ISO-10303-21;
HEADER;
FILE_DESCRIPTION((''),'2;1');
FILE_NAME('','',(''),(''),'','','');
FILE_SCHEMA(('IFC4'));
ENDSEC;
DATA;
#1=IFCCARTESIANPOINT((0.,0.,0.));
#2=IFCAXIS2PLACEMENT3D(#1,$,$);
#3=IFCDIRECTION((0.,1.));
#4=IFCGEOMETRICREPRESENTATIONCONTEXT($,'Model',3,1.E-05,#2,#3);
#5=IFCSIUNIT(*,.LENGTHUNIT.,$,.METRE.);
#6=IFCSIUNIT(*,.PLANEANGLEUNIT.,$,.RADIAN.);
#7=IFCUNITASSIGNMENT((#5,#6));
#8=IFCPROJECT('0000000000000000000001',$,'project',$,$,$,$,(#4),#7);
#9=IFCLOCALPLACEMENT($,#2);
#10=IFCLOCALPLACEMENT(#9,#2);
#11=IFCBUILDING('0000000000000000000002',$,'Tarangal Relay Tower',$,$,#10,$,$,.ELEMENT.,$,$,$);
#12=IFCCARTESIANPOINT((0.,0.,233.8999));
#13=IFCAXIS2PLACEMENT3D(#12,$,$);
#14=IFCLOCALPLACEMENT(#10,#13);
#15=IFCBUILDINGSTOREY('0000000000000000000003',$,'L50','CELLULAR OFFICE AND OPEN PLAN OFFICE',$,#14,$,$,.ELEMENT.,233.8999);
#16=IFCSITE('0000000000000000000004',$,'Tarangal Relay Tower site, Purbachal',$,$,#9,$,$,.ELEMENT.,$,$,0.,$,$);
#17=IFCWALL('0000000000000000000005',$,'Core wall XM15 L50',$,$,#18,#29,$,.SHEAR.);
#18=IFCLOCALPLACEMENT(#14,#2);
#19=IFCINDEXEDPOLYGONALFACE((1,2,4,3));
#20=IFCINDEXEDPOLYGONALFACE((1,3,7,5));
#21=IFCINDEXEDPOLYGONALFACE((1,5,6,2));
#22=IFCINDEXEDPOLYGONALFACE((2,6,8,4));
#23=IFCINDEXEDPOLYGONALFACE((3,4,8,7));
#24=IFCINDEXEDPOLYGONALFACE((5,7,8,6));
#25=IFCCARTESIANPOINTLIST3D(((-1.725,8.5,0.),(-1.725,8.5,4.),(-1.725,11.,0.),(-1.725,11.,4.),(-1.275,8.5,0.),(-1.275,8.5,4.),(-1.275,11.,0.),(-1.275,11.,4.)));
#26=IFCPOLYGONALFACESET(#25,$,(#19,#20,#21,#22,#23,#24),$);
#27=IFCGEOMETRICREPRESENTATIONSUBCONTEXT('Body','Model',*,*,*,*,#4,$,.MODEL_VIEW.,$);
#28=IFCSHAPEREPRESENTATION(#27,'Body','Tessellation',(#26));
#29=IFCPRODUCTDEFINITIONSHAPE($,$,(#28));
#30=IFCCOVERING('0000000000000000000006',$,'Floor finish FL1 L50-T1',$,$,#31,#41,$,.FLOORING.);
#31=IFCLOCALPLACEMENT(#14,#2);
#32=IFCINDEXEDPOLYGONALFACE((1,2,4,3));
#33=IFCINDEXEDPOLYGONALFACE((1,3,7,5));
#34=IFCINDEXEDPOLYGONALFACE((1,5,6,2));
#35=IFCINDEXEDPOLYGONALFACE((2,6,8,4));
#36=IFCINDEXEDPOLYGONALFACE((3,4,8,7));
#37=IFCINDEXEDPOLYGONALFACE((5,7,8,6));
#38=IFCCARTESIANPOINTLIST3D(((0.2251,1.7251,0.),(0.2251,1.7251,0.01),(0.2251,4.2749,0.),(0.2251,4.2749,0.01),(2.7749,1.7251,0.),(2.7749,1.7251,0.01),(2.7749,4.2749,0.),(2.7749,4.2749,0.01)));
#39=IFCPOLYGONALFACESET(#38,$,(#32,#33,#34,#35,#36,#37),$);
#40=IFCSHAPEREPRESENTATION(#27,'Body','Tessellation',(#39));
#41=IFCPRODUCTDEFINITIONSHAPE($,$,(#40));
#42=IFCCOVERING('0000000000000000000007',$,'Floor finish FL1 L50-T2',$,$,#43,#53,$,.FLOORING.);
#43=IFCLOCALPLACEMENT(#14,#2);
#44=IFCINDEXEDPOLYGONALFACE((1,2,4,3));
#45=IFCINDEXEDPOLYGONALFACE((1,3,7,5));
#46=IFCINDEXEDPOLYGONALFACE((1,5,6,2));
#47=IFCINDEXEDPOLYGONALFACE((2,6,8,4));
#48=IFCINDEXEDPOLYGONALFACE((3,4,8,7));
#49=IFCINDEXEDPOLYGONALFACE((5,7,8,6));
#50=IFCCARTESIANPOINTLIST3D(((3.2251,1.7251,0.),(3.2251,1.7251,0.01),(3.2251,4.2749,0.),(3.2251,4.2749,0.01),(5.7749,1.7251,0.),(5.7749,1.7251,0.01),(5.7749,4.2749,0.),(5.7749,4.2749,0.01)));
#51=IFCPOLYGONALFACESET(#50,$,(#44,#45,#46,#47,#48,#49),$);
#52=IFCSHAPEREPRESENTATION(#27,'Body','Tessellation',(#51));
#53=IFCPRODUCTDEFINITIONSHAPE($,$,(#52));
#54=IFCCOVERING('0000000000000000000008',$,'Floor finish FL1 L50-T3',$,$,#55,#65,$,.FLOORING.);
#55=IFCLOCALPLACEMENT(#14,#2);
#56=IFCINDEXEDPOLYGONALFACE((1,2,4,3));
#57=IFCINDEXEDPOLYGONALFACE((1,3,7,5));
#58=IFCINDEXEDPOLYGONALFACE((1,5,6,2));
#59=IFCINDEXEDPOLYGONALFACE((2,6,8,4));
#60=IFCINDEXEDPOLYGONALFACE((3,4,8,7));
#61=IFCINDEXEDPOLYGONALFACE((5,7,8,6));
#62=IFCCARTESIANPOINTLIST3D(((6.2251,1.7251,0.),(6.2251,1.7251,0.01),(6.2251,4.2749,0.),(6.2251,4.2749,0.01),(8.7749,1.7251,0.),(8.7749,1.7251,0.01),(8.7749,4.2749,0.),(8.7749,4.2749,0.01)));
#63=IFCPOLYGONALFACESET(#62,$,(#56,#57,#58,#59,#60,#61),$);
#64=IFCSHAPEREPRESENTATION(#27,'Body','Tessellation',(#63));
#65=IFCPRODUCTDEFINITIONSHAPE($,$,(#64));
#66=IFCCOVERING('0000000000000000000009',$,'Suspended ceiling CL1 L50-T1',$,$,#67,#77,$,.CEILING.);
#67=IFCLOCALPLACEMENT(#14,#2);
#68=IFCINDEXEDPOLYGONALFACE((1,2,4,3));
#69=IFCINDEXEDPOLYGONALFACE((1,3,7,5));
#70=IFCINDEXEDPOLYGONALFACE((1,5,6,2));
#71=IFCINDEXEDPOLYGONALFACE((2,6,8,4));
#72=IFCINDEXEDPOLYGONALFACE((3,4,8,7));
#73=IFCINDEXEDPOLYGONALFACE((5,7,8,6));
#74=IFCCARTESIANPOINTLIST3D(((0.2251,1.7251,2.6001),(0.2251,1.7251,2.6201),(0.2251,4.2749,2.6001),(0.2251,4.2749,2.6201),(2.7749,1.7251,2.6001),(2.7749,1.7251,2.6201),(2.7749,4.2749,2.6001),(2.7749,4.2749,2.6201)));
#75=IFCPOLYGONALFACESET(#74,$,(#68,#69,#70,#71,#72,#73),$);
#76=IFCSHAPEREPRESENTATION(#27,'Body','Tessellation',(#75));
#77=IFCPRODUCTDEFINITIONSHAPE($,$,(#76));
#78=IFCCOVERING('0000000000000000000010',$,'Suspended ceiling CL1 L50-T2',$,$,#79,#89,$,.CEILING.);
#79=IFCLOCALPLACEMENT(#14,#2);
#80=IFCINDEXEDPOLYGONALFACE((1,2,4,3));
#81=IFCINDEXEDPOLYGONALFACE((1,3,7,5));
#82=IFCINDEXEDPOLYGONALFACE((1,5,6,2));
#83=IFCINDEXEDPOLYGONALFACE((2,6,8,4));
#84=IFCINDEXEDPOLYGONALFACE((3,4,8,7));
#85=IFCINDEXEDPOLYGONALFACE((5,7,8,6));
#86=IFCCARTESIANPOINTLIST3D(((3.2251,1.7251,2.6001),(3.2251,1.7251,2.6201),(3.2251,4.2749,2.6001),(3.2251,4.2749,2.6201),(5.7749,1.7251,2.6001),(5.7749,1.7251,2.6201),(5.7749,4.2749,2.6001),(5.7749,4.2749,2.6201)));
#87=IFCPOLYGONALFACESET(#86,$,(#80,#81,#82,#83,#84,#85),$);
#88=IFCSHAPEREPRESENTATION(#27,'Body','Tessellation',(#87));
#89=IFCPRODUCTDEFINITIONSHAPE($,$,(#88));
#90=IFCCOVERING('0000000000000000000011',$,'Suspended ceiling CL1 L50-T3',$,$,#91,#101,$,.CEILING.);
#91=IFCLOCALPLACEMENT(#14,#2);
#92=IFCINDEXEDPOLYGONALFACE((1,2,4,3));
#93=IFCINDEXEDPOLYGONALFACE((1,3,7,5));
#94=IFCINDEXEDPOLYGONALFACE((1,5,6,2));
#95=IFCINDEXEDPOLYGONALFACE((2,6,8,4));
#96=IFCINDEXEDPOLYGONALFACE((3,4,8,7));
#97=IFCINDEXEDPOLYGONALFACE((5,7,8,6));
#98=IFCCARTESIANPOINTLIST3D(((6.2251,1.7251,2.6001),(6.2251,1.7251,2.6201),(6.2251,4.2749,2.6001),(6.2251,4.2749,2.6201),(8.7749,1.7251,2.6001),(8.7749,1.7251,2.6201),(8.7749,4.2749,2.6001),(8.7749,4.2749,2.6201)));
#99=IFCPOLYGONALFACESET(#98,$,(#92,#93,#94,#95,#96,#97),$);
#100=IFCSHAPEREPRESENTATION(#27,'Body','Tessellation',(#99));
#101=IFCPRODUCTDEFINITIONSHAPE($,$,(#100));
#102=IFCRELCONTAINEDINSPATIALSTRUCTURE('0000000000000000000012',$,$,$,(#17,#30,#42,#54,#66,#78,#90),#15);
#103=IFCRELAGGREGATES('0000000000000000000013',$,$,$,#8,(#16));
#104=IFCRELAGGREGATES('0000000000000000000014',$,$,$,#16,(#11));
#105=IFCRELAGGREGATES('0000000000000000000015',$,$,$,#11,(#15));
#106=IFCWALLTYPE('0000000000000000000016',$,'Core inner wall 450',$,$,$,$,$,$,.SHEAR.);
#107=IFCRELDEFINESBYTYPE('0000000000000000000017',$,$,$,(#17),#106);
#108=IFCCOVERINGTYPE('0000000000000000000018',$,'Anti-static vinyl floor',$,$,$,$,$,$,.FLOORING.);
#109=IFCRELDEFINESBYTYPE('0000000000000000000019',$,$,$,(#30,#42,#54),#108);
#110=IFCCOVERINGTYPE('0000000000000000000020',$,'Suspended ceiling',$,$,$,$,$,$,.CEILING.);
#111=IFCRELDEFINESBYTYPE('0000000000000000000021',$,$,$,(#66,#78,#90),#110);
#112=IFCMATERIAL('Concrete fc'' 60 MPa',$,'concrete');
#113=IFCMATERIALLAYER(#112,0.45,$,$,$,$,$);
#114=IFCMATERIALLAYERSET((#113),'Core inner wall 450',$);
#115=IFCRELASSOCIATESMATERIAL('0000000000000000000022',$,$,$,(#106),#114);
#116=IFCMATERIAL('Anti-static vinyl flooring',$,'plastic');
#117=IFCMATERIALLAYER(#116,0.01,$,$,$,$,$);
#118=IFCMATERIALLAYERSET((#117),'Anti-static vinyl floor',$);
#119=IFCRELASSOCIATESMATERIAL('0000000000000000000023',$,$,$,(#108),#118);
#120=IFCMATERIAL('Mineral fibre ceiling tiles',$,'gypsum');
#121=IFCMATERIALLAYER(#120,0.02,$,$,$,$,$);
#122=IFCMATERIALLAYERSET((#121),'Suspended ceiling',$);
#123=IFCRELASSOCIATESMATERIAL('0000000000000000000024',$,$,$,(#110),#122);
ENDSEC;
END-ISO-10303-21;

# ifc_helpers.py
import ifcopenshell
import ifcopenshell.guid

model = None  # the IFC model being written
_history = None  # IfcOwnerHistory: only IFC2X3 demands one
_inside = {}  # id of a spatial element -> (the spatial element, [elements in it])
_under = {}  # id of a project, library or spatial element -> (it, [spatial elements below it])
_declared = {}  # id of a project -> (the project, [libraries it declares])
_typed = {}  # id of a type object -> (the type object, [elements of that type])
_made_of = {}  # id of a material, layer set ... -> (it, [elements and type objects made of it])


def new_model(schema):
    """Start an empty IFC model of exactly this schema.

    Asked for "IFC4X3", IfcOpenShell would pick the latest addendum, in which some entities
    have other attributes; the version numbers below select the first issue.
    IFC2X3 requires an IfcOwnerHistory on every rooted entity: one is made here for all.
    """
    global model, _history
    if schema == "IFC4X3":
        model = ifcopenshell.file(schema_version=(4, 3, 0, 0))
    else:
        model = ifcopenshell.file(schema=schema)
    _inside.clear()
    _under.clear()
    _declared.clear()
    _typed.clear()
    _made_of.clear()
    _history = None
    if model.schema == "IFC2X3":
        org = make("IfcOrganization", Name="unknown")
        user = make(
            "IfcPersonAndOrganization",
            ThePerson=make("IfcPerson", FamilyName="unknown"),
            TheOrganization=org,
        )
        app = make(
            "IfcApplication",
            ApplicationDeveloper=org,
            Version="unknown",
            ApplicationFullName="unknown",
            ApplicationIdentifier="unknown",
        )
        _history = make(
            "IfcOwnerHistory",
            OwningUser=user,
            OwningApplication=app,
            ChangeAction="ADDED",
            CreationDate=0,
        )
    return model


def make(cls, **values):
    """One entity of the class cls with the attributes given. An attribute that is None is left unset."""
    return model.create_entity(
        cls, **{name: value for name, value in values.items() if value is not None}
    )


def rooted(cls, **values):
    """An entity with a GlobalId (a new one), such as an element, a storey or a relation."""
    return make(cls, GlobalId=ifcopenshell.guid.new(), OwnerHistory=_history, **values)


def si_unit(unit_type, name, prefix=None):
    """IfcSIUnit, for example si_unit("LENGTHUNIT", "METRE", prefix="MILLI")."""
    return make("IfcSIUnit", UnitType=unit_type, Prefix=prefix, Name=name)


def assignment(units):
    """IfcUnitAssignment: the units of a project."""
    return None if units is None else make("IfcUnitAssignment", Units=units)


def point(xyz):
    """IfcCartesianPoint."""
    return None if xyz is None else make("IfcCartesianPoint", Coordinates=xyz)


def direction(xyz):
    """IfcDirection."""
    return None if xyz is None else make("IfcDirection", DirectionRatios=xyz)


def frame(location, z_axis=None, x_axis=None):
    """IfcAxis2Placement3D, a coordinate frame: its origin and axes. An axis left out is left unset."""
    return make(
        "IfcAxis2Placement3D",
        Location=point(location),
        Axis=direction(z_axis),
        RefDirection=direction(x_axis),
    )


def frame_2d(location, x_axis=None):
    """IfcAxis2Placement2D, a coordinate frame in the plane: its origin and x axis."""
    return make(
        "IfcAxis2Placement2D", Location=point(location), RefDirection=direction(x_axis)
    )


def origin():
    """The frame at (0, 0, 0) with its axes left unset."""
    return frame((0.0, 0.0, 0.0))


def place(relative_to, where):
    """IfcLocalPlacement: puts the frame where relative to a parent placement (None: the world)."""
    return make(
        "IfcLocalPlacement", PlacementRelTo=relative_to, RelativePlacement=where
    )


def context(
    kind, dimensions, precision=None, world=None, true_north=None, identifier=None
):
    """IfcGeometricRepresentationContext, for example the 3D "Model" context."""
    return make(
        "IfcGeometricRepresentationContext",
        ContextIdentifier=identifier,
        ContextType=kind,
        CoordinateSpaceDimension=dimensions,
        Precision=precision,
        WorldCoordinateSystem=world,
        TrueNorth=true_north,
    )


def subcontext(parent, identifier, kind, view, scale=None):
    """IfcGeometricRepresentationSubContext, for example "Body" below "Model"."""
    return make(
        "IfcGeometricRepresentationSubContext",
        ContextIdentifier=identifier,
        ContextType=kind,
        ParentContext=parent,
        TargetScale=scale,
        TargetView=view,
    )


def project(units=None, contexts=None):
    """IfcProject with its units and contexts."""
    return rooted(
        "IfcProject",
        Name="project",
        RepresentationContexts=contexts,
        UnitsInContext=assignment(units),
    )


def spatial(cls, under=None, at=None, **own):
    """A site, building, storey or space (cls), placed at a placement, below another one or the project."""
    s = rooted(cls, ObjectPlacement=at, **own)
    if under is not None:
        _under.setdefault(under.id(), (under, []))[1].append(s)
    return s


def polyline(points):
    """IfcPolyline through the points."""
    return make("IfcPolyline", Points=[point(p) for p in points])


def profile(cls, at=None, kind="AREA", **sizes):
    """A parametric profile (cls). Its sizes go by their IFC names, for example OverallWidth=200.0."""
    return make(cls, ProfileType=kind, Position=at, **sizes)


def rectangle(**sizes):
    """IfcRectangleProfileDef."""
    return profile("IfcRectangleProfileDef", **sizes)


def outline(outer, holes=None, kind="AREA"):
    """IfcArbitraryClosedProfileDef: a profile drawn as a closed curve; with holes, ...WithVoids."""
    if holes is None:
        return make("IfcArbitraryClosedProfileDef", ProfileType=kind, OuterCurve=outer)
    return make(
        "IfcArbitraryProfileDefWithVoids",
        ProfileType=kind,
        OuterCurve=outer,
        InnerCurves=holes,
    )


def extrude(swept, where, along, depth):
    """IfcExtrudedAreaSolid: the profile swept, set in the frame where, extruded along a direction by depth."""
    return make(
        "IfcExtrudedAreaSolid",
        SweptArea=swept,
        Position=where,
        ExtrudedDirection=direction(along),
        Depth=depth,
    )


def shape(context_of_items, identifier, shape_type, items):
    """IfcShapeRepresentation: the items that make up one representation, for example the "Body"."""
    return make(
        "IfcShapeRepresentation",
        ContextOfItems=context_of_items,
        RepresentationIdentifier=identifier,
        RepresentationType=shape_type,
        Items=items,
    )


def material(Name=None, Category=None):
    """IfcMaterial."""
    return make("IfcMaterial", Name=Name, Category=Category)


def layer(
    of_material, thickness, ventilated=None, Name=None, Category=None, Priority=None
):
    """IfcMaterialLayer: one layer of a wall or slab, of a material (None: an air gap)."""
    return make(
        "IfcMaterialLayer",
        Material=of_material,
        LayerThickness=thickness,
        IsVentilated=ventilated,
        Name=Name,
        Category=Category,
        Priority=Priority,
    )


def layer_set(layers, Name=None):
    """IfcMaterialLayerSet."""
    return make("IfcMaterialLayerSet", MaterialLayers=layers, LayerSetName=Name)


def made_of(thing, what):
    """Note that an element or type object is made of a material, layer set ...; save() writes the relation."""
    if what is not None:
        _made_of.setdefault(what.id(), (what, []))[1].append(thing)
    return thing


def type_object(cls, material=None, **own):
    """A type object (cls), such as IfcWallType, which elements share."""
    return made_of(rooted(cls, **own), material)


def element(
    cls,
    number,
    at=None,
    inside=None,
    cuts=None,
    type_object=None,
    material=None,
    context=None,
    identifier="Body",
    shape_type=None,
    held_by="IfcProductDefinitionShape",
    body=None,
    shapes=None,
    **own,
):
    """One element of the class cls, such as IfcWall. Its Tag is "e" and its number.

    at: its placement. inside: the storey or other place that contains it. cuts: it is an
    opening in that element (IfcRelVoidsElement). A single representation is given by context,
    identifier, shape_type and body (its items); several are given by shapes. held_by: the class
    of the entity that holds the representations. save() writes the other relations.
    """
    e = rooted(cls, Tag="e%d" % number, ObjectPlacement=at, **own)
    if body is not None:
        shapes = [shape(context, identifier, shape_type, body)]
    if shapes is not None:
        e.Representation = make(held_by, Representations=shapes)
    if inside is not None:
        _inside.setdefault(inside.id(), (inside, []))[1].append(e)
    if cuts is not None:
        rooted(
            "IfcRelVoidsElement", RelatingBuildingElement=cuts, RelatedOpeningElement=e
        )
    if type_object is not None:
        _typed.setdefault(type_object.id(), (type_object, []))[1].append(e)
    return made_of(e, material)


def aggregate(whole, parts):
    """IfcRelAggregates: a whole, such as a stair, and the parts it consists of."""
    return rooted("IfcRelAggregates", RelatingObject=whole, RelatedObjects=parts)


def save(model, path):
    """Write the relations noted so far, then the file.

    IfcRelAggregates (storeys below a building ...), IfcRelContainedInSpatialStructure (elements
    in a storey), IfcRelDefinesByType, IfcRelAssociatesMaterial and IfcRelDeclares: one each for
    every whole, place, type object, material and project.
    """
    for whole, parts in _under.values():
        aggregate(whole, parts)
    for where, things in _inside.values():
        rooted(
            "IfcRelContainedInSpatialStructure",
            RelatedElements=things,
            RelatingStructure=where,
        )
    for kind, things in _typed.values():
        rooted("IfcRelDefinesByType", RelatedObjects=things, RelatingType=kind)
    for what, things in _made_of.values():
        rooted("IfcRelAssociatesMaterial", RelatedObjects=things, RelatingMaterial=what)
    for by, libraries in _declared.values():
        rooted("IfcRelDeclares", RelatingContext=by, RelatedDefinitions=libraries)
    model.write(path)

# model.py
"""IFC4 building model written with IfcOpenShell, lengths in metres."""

from ifc_helpers import new_model, si_unit, direction, frame, frame_2d, origin, place, context, subcontext, project, spatial, polyline, rectangle, outline, extrude, material, layer, layer_set, type_object, element, save


model = new_model("IFC4")

# Units and contexts
model_context = context("Model", 3, precision=1e-05, world=origin(), true_north=direction((0.0, 1.0)))
body_context = subcontext(model_context, "Body", "Model", "MODEL_VIEW")
ifc_project = project(units=[si_unit("LENGTHUNIT", "METRE"), si_unit("PLANEANGLEUNIT", "RADIAN")], contexts=[model_context])

# Site, building, storey
site_placement = place(None, origin())
site = spatial("IfcSite", under=ifc_project, at=site_placement, Name="Tarangal Relay Tower site, Purbachal", CompositionType="ELEMENT", RefElevation=0.0)
building_placement = place(site_placement, origin())
building = spatial("IfcBuilding", under=site, at=building_placement, Name="Tarangal Relay Tower", CompositionType="ELEMENT")
storey_placement = place(building_placement, frame((0.0, 0.0, 233.8999)))
storey = spatial("IfcBuildingStorey", under=building, at=storey_placement, Name="L50", Description="CELLULAR OFFICE AND OPEN PLAN OFFICE", CompositionType="ELEMENT", Elevation=233.8999)

# Wall
ifc_material_1 = material(Name="Concrete fc' 60 MPa", Category="concrete")
ifc_layer_1 = layer(ifc_material_1, 0.45)
ifc_layer_set_1 = layer_set([ifc_layer_1], Name="Core inner wall 450")
wall_type = type_object("IfcWallType", Name="Core inner wall 450", PredefinedType="SHEAR", material=ifc_layer_set_1)
for number, where, z_axis, x_axis, name in (
    (1, (-1.5, 8.5, 0.0), (0.0, 0.0, 1.0), (0.0, 1.0, 0.0), "Core wall XM15 L50"),
):
    element("IfcWall", number, at=place(storey_placement, frame(where, z_axis=z_axis, x_axis=x_axis)), inside=storey, type_object=wall_type, Name=name, PredefinedType="SHEAR", context=body_context, shape_type="SweptSolid", body=[
        extrude(rectangle(XDim=2.5, YDim=0.45, at=frame_2d((1.25, 0.0))), origin(), (0.0, 0.0, 1.0), 4.0),
    ])

# Coverings
ifc_material_2 = material(Name="Anti-static vinyl flooring", Category="plastic")
ifc_layer_2 = layer(ifc_material_2, 0.01)
ifc_layer_set_2 = layer_set([ifc_layer_2], Name="Anti-static vinyl floor")
covering_type_1 = type_object("IfcCoveringType", Name="Anti-static vinyl floor", PredefinedType="FLOORING", material=ifc_layer_set_2)
covering_1_placement = place(storey_placement, origin())
element("IfcCovering", 2, at=covering_1_placement, inside=storey, type_object=covering_type_1, Name="Floor finish FL1 L50-T1", PredefinedType="FLOORING", context=body_context, shape_type="SweptSolid", body=[
    extrude(outline(polyline([(0.2251, 1.7251), (2.7749, 1.7251), (2.7749, 4.2749), (0.2251, 4.2749), (0.2251, 1.7251)])), origin(), (0.0, 0.0, 1.0), 0.01),
])
covering_2_placement = place(storey_placement, origin())
element("IfcCovering", 3, at=covering_2_placement, inside=storey, type_object=covering_type_1, Name="Floor finish FL1 L50-T2", PredefinedType="FLOORING", context=body_context, shape_type="SweptSolid", body=[
    extrude(outline(polyline([(3.2251, 1.7251), (5.7749, 1.7251), (5.7749, 4.2749), (3.2251, 4.2749), (3.2251, 1.7251)])), origin(), (0.0, 0.0, 1.0), 0.01),
])
covering_3_placement = place(storey_placement, origin())
element("IfcCovering", 4, at=covering_3_placement, inside=storey, type_object=covering_type_1, Name="Floor finish FL1 L50-T3", PredefinedType="FLOORING", context=body_context, shape_type="SweptSolid", body=[
    extrude(outline(polyline([(6.2251, 1.7251), (8.7749, 1.7251), (8.7749, 4.2749), (6.2251, 4.2749), (6.2251, 1.7251)])), origin(), (0.0, 0.0, 1.0), 0.01),
])
ifc_material_3 = material(Name="Mineral fibre ceiling tiles", Category="gypsum")
ifc_layer_3 = layer(ifc_material_3, 0.02)
ifc_layer_set_3 = layer_set([ifc_layer_3], Name="Suspended ceiling")
covering_type_2 = type_object("IfcCoveringType", Name="Suspended ceiling", PredefinedType="CEILING", material=ifc_layer_set_3)
covering_4_placement = place(storey_placement, frame((0.0, 0.0, 2.6001)))
element("IfcCovering", 5, at=covering_4_placement, inside=storey, type_object=covering_type_2, Name="Suspended ceiling CL1 L50-T1", PredefinedType="CEILING", context=body_context, shape_type="SweptSolid", body=[
    extrude(outline(polyline([(0.2251, 1.7251), (2.7749, 1.7251), (2.7749, 4.2749), (0.2251, 4.2749), (0.2251, 1.7251)])), origin(), (0.0, 0.0, 1.0), 0.02),
])
covering_5_placement = place(storey_placement, frame((0.0, 0.0, 2.6001)))
element("IfcCovering", 6, at=covering_5_placement, inside=storey, type_object=covering_type_2, Name="Suspended ceiling CL1 L50-T2", PredefinedType="CEILING", context=body_context, shape_type="SweptSolid", body=[
    extrude(outline(polyline([(3.2251, 1.7251), (5.7749, 1.7251), (5.7749, 4.2749), (3.2251, 4.2749), (3.2251, 1.7251)])), origin(), (0.0, 0.0, 1.0), 0.02),
])
covering_6_placement = place(storey_placement, frame((0.0, 0.0, 2.6001)))
element("IfcCovering", 7, at=covering_6_placement, inside=storey, type_object=covering_type_2, Name="Suspended ceiling CL1 L50-T3", PredefinedType="CEILING", context=body_context, shape_type="SweptSolid", body=[
    extrude(outline(polyline([(6.2251, 1.7251), (8.7749, 1.7251), (8.7749, 4.2749), (6.2251, 4.2749), (6.2251, 1.7251)])), origin(), (0.0, 0.0, 1.0), 0.02),
])

save(model, "model.ifc")
